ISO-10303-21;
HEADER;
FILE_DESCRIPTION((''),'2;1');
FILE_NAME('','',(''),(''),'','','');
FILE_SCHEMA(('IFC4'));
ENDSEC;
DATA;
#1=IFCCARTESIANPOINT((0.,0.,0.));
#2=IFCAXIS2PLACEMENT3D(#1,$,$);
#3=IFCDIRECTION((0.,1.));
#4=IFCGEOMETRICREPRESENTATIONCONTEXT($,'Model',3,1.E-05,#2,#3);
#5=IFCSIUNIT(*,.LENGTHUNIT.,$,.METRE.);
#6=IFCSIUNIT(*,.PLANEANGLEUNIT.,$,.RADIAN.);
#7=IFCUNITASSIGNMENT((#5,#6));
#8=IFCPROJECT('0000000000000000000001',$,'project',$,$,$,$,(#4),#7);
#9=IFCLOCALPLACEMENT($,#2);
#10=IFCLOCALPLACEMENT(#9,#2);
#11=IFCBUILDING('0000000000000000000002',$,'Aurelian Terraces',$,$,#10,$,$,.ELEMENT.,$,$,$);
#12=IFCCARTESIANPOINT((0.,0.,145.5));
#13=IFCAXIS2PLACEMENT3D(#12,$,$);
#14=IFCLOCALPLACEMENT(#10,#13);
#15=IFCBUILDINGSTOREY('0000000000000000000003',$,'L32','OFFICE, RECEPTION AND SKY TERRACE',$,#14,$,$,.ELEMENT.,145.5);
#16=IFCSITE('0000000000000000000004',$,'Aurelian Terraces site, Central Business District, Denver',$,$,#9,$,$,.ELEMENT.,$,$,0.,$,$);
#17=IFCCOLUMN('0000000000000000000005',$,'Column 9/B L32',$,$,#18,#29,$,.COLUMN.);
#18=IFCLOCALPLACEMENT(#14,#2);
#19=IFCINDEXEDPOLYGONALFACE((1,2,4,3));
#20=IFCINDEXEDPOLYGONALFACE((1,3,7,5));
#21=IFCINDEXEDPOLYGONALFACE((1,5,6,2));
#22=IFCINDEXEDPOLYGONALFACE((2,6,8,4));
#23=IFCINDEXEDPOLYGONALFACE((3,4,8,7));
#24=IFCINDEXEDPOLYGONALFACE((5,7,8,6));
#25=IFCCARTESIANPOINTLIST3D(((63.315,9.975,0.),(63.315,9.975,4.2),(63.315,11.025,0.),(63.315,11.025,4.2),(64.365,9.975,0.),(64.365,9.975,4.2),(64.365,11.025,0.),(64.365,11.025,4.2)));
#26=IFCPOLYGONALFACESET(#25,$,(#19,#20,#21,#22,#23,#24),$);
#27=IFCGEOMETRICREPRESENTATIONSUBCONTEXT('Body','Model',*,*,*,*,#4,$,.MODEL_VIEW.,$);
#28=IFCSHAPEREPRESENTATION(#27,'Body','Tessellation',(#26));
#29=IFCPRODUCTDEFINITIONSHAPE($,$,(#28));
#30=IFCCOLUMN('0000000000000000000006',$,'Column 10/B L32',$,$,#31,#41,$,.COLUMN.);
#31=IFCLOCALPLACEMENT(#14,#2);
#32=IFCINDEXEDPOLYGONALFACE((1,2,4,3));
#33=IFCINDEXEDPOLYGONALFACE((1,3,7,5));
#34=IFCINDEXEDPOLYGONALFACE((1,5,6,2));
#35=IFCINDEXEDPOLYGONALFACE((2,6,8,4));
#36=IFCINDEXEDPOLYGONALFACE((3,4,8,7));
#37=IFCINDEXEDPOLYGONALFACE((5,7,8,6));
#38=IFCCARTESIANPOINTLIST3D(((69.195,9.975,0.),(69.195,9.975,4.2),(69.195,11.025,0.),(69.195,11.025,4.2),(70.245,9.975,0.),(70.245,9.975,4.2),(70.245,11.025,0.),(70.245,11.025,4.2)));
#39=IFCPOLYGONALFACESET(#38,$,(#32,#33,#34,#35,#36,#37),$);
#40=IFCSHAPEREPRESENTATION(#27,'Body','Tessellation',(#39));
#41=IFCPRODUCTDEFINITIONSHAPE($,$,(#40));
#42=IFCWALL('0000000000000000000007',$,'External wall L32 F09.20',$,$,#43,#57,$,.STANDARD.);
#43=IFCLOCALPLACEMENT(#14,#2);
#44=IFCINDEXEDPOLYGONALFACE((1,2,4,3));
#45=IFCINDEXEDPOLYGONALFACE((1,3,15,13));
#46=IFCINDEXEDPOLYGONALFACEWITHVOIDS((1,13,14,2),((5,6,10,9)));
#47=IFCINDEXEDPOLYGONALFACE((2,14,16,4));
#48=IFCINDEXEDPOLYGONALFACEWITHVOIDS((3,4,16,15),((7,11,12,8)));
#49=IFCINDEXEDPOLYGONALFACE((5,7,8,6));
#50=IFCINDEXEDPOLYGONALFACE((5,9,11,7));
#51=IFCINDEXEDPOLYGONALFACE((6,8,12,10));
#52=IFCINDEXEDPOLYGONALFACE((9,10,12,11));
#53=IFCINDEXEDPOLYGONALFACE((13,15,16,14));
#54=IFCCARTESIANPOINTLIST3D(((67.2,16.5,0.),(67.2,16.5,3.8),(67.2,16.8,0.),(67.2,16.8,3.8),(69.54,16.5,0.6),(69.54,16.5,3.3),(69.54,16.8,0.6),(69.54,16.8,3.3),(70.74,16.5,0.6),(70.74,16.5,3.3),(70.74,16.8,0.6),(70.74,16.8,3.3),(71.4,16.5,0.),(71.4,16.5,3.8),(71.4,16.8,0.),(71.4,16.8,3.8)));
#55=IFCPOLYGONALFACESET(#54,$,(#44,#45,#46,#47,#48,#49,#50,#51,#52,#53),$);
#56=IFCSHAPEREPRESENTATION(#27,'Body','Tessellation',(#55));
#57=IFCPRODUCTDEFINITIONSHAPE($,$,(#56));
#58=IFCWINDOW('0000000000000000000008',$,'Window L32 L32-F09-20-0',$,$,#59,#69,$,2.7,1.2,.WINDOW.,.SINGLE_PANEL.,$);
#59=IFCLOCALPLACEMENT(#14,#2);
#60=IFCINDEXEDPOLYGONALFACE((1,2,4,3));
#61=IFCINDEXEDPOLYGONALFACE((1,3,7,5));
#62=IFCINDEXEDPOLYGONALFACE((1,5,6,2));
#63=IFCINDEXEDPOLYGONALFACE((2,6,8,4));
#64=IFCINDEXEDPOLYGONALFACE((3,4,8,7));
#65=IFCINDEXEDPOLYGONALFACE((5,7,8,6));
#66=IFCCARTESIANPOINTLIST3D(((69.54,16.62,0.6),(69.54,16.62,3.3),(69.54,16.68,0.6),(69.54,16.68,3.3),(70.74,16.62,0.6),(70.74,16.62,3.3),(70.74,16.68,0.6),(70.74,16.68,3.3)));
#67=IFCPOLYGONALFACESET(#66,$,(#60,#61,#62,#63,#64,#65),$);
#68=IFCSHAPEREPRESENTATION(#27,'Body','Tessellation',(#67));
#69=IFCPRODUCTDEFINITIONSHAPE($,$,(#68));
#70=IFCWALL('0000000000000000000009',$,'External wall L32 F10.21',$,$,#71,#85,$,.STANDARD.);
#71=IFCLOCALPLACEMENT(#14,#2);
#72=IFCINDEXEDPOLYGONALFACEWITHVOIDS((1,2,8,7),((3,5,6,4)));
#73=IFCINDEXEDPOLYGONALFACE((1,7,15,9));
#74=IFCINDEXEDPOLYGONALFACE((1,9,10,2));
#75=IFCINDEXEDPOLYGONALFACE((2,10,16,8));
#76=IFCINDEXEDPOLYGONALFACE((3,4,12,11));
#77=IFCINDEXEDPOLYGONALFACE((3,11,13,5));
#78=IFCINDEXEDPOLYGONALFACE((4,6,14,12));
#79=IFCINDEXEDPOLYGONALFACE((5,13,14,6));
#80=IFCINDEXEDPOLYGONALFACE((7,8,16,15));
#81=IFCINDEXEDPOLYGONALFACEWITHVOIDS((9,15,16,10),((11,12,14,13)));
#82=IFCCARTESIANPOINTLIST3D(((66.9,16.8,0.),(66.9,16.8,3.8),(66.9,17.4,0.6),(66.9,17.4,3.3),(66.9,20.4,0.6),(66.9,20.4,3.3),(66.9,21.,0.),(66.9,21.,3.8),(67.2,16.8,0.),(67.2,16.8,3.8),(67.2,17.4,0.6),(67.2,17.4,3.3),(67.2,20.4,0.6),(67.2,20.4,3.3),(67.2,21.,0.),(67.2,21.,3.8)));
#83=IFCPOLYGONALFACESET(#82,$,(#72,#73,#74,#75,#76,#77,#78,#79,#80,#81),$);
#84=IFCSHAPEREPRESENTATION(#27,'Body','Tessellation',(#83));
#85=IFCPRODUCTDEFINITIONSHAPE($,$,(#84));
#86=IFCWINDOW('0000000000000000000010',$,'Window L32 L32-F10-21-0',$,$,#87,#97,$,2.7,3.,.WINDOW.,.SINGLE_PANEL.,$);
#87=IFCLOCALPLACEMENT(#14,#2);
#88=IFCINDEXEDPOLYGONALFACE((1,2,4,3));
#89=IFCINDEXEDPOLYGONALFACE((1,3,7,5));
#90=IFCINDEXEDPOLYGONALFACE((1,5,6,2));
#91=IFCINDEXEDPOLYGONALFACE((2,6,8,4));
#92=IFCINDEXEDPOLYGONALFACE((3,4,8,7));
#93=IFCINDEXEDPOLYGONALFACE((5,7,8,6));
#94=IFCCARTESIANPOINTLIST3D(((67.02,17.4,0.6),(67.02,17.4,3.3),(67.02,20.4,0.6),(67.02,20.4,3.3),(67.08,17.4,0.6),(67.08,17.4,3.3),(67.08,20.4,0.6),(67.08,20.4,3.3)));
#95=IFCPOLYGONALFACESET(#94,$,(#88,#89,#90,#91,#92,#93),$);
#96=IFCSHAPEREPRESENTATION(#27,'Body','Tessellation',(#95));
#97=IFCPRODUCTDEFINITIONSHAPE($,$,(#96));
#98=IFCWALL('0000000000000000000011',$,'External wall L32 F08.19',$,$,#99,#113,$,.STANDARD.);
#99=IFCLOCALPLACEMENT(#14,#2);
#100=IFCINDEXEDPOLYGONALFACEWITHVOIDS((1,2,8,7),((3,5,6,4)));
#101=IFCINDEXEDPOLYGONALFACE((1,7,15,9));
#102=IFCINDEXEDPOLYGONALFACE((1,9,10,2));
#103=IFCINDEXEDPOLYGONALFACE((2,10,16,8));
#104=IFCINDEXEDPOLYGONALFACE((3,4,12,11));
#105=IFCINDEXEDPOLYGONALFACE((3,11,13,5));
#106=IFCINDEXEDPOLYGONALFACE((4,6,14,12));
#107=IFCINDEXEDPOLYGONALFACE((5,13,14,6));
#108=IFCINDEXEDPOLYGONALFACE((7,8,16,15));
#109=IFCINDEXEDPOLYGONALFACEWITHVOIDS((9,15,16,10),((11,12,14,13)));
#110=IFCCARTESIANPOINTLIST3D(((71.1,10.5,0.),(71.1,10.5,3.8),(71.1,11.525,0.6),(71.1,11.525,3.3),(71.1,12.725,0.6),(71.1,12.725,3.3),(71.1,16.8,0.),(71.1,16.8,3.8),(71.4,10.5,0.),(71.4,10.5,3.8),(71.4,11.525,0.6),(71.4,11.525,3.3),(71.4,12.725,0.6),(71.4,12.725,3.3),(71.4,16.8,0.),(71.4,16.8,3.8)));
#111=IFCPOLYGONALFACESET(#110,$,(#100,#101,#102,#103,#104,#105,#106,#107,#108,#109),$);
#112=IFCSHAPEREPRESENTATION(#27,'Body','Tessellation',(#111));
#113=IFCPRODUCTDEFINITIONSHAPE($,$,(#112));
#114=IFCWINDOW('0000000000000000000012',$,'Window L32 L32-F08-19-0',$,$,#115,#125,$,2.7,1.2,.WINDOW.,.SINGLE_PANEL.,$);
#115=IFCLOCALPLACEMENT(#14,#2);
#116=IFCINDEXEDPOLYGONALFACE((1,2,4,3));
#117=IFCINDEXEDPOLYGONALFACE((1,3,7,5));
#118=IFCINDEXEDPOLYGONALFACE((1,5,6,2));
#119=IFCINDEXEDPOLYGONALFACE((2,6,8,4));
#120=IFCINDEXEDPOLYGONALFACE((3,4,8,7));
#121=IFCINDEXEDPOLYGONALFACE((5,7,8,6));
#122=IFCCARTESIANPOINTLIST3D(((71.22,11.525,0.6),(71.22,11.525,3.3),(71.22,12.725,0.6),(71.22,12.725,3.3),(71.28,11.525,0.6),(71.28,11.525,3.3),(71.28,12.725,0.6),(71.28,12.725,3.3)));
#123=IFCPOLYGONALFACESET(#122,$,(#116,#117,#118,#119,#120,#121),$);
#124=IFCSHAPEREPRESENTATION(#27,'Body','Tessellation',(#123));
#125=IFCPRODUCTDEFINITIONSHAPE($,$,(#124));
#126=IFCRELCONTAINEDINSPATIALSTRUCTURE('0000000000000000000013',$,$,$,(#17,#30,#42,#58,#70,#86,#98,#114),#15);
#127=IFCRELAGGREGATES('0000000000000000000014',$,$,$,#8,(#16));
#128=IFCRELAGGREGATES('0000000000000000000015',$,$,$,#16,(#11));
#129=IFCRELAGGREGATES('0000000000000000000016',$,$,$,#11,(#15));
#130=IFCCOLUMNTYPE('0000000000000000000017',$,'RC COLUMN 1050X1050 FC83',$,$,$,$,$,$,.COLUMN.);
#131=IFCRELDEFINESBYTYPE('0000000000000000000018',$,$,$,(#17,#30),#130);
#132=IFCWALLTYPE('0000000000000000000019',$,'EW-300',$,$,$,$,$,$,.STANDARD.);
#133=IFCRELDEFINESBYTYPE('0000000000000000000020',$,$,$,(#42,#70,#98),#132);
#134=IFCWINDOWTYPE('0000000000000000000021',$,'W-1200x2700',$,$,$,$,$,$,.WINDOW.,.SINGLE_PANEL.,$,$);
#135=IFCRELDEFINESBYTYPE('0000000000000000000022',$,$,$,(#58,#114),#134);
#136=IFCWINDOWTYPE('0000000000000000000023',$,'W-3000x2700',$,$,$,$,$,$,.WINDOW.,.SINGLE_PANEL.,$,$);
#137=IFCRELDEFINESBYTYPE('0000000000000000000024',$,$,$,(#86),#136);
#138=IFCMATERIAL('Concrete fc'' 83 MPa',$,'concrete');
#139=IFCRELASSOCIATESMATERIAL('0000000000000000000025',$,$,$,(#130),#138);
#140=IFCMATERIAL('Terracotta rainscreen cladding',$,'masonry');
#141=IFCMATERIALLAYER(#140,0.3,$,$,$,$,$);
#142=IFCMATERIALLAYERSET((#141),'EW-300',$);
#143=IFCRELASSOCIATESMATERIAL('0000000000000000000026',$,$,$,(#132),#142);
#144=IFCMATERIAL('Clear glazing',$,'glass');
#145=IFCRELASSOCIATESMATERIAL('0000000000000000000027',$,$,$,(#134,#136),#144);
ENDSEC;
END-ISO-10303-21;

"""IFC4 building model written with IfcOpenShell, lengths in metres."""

from ifc_helpers import new_model, si_unit, direction, frame, frame_2d, origin, origin_2d, place, context, subcontext, project, spatial, rectangle, extrude, source, transform, mapped, material, layer, layer_set, material_profile, profile_set, type_object, element, fill, save


model = new_model("IFC4")

# Units and contexts
model_context = context("Model", 3, precision=1e-05, world=origin(), true_north=direction((0.0, 1.0)))
body_context = subcontext(model_context, "Body", "Model", "MODEL_VIEW")
ifc_project = project(units=[si_unit("LENGTHUNIT", "METRE"), si_unit("PLANEANGLEUNIT", "RADIAN")], contexts=[model_context])

# Site, building, storey
site_placement = place(None, origin())
site = spatial("IfcSite", under=ifc_project, at=site_placement, Name="Aurelian Terraces site, Central Business District, Denver", CompositionType="ELEMENT", RefElevation=0.0)
building_placement = place(site_placement, origin())
building = spatial("IfcBuilding", under=site, at=building_placement, Name="Aurelian Terraces", CompositionType="ELEMENT")
storey_placement = place(building_placement, frame((0.0, 0.0, 145.5)))
storey = spatial("IfcBuildingStorey", under=building, at=storey_placement, Name="L32", Description="OFFICE, RECEPTION AND SKY TERRACE", CompositionType="ELEMENT", Elevation=145.5)

# Columns
ifc_material_1 = material(Name="Concrete fc' 83 MPa", Category="concrete")
ifc_material_profile = material_profile(ifc_material_1, rectangle(XDim=1.05, YDim=1.05, at=origin_2d()))
ifc_profile_set = profile_set([ifc_material_profile], Name="Concrete fc' 83 MPa")
column_type = type_object("IfcColumnType", Name="RC COLUMN 1050X1050 FC83", PredefinedType="COLUMN", material=ifc_profile_set)
shared_shape_1 = source(origin(), body_context, "Body", "SweptSolid", [
    extrude(rectangle(XDim=1.05, YDim=1.05, at=origin_2d()), origin(), (0.0, 0.0, 1.0), 4.2),
])
for number, where, z_axis, x_axis, name in (
    (1, (63.84, 10.5, 0.0), (0.0, 0.0, 1.0), (1.0, 0.0, 0.0), "Column 9/B L32"),
    (2, (69.72, 10.5, 0.0), (0.0, 0.0, 1.0), (1.0, 0.0, 0.0), "Column 10/B L32"),
):
    element("IfcColumn", number, at=place(storey_placement, frame(where, z_axis=z_axis, x_axis=x_axis)), inside=storey, type_object=column_type, Name=name, PredefinedType="COLUMN", context=body_context, shape_type="MappedRepresentation", body=[
        mapped(shared_shape_1, transform((0.0, 0.0, 0.0), scale=1.0)),
    ])

# Walls, openings, windows
ifc_material_2 = material(Name="Terracotta rainscreen cladding", Category="masonry")
ifc_layer_1 = layer(ifc_material_2, 0.3)
ifc_layer_set_1 = layer_set([ifc_layer_1], Name="EW-300")
wall_type_1 = type_object("IfcWallType", Name="EW-300", PredefinedType="STANDARD", material=ifc_layer_set_1)
shared_shape_2 = source(origin(), body_context, "Body", "SweptSolid", [
    extrude(rectangle(XDim=4.2, YDim=0.3, at=frame_2d((2.1, 0.0))), origin(), (0.0, 0.0, 1.0), 3.8),
])
wall_1_placement = place(storey_placement, frame((71.4, 16.65, 0.0), z_axis=(0.0, 0.0, 1.0), x_axis=(-1.0, 0.0, 0.0)))
wall_1 = element("IfcWall", 3, at=wall_1_placement, inside=storey, type_object=wall_type_1, Name="External wall L32 F09.20", PredefinedType="STANDARD", context=body_context, shape_type="MappedRepresentation", body=[
    mapped(shared_shape_2, transform((0.0, 0.0, 0.0), scale=1.0)),
])
shared_shape_3 = source(origin(), body_context, "Body", "SweptSolid", [
    extrude(rectangle(XDim=1.2, YDim=2.7, at=frame_2d((0.6, 1.35))), frame((0.0, 0.16, 0.0), z_axis=(0.0, -1.0, 0.0), x_axis=(1.0, 0.0, 0.0)), (0.0, 0.0, 1.0), 0.32),
])
opening_1_placement = place(wall_1_placement, frame((0.66, 0.0, 0.6)))
opening_1 = element("IfcOpeningElement", 4, at=opening_1_placement, cuts=wall_1, PredefinedType="OPENING", context=body_context, shape_type="MappedRepresentation", body=[
    mapped(shared_shape_3, transform((0.0, 0.0, 0.0), scale=1.0)),
])
ifc_material_3 = material(Name="Clear glazing", Category="glass")
window_type_1 = type_object("IfcWindowType", Name="W-1200x2700", PartitioningType="SINGLE_PANEL", PredefinedType="WINDOW", material=ifc_material_3)
shared_shape_4 = source(origin(), body_context, "Body", "SweptSolid", [
    extrude(rectangle(XDim=1.2, YDim=2.7, at=frame_2d((0.6, 1.35))), frame((0.0, 0.03, 0.0), z_axis=(0.0, -1.0, 0.0), x_axis=(1.0, 0.0, 0.0)), (0.0, 0.0, 1.0), 0.06),
])
window_1_placement = place(opening_1_placement, origin())
window_1 = element("IfcWindow", 5, at=window_1_placement, inside=storey, type_object=window_type_1, Name="Window L32 L32-F09-20-0", OverallHeight=2.7, OverallWidth=1.2, PartitioningType="SINGLE_PANEL", PredefinedType="WINDOW", context=body_context, shape_type="MappedRepresentation", body=[
    mapped(shared_shape_4, transform((0.0, 0.0, 0.0), scale=1.0)),
])
fill(opening_1, window_1)
wall_2_placement = place(storey_placement, frame((67.05, 16.8, 0.0), z_axis=(0.0, 0.0, 1.0), x_axis=(0.0, 1.0, 0.0)))
wall_2 = element("IfcWall", 6, at=wall_2_placement, inside=storey, type_object=wall_type_1, Name="External wall L32 F10.21", PredefinedType="STANDARD", context=body_context, shape_type="MappedRepresentation", body=[
    mapped(shared_shape_2, transform((0.0, 0.0, 0.0), scale=1.0)),
])
shared_shape_5 = source(origin(), body_context, "Body", "SweptSolid", [
    extrude(rectangle(XDim=3.0, YDim=2.7, at=frame_2d((1.5, 1.35))), frame((0.0, 0.16, 0.0), z_axis=(0.0, -1.0, 0.0), x_axis=(1.0, 0.0, 0.0)), (0.0, 0.0, 1.0), 0.32),
])
opening_2_placement = place(wall_2_placement, frame((0.6, 0.0, 0.6)))
opening_2 = element("IfcOpeningElement", 7, at=opening_2_placement, cuts=wall_2, PredefinedType="OPENING", context=body_context, shape_type="MappedRepresentation", body=[
    mapped(shared_shape_5, transform((0.0, 0.0, 0.0), scale=1.0)),
])
window_type_2 = type_object("IfcWindowType", Name="W-3000x2700", PartitioningType="SINGLE_PANEL", PredefinedType="WINDOW", material=ifc_material_3)
shared_shape_6 = source(origin(), body_context, "Body", "SweptSolid", [
    extrude(rectangle(XDim=3.0, YDim=2.7, at=frame_2d((1.5, 1.35))), frame((0.0, 0.03, 0.0), z_axis=(0.0, -1.0, 0.0), x_axis=(1.0, 0.0, 0.0)), (0.0, 0.0, 1.0), 0.06),
])
window_2_placement = place(opening_2_placement, origin())
window_2 = element("IfcWindow", 8, at=window_2_placement, inside=storey, type_object=window_type_2, Name="Window L32 L32-F10-21-0", OverallHeight=2.7, OverallWidth=3.0, PartitioningType="SINGLE_PANEL", PredefinedType="WINDOW", context=body_context, shape_type="MappedRepresentation", body=[
    mapped(shared_shape_6, transform((0.0, 0.0, 0.0), scale=1.0)),
])
fill(opening_2, window_2)
shared_shape_7 = source(origin(), body_context, "Body", "SweptSolid", [
    extrude(rectangle(XDim=6.3, YDim=0.3, at=frame_2d((3.15, 0.0))), origin(), (0.0, 0.0, 1.0), 3.8),
])
wall_3_placement = place(storey_placement, frame((71.25, 10.5, 0.0), z_axis=(0.0, 0.0, 1.0), x_axis=(0.0, 1.0, 0.0)))
wall_3 = element("IfcWall", 9, at=wall_3_placement, inside=storey, type_object=wall_type_1, Name="External wall L32 F08.19", PredefinedType="STANDARD", context=body_context, shape_type="MappedRepresentation", body=[
    mapped(shared_shape_7, transform((0.0, 0.0, 0.0), scale=1.0)),
])
opening_3_placement = place(wall_3_placement, frame((1.025, 0.0, 0.6)))
opening_3 = element("IfcOpeningElement", 10, at=opening_3_placement, cuts=wall_3, PredefinedType="OPENING", context=body_context, shape_type="MappedRepresentation", body=[
    mapped(shared_shape_3, transform((0.0, 0.0, 0.0), scale=1.0)),
])
window_3_placement = place(opening_3_placement, origin())
window_3 = element("IfcWindow", 11, at=window_3_placement, inside=storey, type_object=window_type_1, Name="Window L32 L32-F08-19-0", OverallHeight=2.7, OverallWidth=1.2, PartitioningType="SINGLE_PANEL", PredefinedType="WINDOW", context=body_context, shape_type="MappedRepresentation", body=[
    mapped(shared_shape_4, transform((0.0, 0.0, 0.0), scale=1.0)),
])
fill(opening_3, window_3)

save(model, "model.ifc")
